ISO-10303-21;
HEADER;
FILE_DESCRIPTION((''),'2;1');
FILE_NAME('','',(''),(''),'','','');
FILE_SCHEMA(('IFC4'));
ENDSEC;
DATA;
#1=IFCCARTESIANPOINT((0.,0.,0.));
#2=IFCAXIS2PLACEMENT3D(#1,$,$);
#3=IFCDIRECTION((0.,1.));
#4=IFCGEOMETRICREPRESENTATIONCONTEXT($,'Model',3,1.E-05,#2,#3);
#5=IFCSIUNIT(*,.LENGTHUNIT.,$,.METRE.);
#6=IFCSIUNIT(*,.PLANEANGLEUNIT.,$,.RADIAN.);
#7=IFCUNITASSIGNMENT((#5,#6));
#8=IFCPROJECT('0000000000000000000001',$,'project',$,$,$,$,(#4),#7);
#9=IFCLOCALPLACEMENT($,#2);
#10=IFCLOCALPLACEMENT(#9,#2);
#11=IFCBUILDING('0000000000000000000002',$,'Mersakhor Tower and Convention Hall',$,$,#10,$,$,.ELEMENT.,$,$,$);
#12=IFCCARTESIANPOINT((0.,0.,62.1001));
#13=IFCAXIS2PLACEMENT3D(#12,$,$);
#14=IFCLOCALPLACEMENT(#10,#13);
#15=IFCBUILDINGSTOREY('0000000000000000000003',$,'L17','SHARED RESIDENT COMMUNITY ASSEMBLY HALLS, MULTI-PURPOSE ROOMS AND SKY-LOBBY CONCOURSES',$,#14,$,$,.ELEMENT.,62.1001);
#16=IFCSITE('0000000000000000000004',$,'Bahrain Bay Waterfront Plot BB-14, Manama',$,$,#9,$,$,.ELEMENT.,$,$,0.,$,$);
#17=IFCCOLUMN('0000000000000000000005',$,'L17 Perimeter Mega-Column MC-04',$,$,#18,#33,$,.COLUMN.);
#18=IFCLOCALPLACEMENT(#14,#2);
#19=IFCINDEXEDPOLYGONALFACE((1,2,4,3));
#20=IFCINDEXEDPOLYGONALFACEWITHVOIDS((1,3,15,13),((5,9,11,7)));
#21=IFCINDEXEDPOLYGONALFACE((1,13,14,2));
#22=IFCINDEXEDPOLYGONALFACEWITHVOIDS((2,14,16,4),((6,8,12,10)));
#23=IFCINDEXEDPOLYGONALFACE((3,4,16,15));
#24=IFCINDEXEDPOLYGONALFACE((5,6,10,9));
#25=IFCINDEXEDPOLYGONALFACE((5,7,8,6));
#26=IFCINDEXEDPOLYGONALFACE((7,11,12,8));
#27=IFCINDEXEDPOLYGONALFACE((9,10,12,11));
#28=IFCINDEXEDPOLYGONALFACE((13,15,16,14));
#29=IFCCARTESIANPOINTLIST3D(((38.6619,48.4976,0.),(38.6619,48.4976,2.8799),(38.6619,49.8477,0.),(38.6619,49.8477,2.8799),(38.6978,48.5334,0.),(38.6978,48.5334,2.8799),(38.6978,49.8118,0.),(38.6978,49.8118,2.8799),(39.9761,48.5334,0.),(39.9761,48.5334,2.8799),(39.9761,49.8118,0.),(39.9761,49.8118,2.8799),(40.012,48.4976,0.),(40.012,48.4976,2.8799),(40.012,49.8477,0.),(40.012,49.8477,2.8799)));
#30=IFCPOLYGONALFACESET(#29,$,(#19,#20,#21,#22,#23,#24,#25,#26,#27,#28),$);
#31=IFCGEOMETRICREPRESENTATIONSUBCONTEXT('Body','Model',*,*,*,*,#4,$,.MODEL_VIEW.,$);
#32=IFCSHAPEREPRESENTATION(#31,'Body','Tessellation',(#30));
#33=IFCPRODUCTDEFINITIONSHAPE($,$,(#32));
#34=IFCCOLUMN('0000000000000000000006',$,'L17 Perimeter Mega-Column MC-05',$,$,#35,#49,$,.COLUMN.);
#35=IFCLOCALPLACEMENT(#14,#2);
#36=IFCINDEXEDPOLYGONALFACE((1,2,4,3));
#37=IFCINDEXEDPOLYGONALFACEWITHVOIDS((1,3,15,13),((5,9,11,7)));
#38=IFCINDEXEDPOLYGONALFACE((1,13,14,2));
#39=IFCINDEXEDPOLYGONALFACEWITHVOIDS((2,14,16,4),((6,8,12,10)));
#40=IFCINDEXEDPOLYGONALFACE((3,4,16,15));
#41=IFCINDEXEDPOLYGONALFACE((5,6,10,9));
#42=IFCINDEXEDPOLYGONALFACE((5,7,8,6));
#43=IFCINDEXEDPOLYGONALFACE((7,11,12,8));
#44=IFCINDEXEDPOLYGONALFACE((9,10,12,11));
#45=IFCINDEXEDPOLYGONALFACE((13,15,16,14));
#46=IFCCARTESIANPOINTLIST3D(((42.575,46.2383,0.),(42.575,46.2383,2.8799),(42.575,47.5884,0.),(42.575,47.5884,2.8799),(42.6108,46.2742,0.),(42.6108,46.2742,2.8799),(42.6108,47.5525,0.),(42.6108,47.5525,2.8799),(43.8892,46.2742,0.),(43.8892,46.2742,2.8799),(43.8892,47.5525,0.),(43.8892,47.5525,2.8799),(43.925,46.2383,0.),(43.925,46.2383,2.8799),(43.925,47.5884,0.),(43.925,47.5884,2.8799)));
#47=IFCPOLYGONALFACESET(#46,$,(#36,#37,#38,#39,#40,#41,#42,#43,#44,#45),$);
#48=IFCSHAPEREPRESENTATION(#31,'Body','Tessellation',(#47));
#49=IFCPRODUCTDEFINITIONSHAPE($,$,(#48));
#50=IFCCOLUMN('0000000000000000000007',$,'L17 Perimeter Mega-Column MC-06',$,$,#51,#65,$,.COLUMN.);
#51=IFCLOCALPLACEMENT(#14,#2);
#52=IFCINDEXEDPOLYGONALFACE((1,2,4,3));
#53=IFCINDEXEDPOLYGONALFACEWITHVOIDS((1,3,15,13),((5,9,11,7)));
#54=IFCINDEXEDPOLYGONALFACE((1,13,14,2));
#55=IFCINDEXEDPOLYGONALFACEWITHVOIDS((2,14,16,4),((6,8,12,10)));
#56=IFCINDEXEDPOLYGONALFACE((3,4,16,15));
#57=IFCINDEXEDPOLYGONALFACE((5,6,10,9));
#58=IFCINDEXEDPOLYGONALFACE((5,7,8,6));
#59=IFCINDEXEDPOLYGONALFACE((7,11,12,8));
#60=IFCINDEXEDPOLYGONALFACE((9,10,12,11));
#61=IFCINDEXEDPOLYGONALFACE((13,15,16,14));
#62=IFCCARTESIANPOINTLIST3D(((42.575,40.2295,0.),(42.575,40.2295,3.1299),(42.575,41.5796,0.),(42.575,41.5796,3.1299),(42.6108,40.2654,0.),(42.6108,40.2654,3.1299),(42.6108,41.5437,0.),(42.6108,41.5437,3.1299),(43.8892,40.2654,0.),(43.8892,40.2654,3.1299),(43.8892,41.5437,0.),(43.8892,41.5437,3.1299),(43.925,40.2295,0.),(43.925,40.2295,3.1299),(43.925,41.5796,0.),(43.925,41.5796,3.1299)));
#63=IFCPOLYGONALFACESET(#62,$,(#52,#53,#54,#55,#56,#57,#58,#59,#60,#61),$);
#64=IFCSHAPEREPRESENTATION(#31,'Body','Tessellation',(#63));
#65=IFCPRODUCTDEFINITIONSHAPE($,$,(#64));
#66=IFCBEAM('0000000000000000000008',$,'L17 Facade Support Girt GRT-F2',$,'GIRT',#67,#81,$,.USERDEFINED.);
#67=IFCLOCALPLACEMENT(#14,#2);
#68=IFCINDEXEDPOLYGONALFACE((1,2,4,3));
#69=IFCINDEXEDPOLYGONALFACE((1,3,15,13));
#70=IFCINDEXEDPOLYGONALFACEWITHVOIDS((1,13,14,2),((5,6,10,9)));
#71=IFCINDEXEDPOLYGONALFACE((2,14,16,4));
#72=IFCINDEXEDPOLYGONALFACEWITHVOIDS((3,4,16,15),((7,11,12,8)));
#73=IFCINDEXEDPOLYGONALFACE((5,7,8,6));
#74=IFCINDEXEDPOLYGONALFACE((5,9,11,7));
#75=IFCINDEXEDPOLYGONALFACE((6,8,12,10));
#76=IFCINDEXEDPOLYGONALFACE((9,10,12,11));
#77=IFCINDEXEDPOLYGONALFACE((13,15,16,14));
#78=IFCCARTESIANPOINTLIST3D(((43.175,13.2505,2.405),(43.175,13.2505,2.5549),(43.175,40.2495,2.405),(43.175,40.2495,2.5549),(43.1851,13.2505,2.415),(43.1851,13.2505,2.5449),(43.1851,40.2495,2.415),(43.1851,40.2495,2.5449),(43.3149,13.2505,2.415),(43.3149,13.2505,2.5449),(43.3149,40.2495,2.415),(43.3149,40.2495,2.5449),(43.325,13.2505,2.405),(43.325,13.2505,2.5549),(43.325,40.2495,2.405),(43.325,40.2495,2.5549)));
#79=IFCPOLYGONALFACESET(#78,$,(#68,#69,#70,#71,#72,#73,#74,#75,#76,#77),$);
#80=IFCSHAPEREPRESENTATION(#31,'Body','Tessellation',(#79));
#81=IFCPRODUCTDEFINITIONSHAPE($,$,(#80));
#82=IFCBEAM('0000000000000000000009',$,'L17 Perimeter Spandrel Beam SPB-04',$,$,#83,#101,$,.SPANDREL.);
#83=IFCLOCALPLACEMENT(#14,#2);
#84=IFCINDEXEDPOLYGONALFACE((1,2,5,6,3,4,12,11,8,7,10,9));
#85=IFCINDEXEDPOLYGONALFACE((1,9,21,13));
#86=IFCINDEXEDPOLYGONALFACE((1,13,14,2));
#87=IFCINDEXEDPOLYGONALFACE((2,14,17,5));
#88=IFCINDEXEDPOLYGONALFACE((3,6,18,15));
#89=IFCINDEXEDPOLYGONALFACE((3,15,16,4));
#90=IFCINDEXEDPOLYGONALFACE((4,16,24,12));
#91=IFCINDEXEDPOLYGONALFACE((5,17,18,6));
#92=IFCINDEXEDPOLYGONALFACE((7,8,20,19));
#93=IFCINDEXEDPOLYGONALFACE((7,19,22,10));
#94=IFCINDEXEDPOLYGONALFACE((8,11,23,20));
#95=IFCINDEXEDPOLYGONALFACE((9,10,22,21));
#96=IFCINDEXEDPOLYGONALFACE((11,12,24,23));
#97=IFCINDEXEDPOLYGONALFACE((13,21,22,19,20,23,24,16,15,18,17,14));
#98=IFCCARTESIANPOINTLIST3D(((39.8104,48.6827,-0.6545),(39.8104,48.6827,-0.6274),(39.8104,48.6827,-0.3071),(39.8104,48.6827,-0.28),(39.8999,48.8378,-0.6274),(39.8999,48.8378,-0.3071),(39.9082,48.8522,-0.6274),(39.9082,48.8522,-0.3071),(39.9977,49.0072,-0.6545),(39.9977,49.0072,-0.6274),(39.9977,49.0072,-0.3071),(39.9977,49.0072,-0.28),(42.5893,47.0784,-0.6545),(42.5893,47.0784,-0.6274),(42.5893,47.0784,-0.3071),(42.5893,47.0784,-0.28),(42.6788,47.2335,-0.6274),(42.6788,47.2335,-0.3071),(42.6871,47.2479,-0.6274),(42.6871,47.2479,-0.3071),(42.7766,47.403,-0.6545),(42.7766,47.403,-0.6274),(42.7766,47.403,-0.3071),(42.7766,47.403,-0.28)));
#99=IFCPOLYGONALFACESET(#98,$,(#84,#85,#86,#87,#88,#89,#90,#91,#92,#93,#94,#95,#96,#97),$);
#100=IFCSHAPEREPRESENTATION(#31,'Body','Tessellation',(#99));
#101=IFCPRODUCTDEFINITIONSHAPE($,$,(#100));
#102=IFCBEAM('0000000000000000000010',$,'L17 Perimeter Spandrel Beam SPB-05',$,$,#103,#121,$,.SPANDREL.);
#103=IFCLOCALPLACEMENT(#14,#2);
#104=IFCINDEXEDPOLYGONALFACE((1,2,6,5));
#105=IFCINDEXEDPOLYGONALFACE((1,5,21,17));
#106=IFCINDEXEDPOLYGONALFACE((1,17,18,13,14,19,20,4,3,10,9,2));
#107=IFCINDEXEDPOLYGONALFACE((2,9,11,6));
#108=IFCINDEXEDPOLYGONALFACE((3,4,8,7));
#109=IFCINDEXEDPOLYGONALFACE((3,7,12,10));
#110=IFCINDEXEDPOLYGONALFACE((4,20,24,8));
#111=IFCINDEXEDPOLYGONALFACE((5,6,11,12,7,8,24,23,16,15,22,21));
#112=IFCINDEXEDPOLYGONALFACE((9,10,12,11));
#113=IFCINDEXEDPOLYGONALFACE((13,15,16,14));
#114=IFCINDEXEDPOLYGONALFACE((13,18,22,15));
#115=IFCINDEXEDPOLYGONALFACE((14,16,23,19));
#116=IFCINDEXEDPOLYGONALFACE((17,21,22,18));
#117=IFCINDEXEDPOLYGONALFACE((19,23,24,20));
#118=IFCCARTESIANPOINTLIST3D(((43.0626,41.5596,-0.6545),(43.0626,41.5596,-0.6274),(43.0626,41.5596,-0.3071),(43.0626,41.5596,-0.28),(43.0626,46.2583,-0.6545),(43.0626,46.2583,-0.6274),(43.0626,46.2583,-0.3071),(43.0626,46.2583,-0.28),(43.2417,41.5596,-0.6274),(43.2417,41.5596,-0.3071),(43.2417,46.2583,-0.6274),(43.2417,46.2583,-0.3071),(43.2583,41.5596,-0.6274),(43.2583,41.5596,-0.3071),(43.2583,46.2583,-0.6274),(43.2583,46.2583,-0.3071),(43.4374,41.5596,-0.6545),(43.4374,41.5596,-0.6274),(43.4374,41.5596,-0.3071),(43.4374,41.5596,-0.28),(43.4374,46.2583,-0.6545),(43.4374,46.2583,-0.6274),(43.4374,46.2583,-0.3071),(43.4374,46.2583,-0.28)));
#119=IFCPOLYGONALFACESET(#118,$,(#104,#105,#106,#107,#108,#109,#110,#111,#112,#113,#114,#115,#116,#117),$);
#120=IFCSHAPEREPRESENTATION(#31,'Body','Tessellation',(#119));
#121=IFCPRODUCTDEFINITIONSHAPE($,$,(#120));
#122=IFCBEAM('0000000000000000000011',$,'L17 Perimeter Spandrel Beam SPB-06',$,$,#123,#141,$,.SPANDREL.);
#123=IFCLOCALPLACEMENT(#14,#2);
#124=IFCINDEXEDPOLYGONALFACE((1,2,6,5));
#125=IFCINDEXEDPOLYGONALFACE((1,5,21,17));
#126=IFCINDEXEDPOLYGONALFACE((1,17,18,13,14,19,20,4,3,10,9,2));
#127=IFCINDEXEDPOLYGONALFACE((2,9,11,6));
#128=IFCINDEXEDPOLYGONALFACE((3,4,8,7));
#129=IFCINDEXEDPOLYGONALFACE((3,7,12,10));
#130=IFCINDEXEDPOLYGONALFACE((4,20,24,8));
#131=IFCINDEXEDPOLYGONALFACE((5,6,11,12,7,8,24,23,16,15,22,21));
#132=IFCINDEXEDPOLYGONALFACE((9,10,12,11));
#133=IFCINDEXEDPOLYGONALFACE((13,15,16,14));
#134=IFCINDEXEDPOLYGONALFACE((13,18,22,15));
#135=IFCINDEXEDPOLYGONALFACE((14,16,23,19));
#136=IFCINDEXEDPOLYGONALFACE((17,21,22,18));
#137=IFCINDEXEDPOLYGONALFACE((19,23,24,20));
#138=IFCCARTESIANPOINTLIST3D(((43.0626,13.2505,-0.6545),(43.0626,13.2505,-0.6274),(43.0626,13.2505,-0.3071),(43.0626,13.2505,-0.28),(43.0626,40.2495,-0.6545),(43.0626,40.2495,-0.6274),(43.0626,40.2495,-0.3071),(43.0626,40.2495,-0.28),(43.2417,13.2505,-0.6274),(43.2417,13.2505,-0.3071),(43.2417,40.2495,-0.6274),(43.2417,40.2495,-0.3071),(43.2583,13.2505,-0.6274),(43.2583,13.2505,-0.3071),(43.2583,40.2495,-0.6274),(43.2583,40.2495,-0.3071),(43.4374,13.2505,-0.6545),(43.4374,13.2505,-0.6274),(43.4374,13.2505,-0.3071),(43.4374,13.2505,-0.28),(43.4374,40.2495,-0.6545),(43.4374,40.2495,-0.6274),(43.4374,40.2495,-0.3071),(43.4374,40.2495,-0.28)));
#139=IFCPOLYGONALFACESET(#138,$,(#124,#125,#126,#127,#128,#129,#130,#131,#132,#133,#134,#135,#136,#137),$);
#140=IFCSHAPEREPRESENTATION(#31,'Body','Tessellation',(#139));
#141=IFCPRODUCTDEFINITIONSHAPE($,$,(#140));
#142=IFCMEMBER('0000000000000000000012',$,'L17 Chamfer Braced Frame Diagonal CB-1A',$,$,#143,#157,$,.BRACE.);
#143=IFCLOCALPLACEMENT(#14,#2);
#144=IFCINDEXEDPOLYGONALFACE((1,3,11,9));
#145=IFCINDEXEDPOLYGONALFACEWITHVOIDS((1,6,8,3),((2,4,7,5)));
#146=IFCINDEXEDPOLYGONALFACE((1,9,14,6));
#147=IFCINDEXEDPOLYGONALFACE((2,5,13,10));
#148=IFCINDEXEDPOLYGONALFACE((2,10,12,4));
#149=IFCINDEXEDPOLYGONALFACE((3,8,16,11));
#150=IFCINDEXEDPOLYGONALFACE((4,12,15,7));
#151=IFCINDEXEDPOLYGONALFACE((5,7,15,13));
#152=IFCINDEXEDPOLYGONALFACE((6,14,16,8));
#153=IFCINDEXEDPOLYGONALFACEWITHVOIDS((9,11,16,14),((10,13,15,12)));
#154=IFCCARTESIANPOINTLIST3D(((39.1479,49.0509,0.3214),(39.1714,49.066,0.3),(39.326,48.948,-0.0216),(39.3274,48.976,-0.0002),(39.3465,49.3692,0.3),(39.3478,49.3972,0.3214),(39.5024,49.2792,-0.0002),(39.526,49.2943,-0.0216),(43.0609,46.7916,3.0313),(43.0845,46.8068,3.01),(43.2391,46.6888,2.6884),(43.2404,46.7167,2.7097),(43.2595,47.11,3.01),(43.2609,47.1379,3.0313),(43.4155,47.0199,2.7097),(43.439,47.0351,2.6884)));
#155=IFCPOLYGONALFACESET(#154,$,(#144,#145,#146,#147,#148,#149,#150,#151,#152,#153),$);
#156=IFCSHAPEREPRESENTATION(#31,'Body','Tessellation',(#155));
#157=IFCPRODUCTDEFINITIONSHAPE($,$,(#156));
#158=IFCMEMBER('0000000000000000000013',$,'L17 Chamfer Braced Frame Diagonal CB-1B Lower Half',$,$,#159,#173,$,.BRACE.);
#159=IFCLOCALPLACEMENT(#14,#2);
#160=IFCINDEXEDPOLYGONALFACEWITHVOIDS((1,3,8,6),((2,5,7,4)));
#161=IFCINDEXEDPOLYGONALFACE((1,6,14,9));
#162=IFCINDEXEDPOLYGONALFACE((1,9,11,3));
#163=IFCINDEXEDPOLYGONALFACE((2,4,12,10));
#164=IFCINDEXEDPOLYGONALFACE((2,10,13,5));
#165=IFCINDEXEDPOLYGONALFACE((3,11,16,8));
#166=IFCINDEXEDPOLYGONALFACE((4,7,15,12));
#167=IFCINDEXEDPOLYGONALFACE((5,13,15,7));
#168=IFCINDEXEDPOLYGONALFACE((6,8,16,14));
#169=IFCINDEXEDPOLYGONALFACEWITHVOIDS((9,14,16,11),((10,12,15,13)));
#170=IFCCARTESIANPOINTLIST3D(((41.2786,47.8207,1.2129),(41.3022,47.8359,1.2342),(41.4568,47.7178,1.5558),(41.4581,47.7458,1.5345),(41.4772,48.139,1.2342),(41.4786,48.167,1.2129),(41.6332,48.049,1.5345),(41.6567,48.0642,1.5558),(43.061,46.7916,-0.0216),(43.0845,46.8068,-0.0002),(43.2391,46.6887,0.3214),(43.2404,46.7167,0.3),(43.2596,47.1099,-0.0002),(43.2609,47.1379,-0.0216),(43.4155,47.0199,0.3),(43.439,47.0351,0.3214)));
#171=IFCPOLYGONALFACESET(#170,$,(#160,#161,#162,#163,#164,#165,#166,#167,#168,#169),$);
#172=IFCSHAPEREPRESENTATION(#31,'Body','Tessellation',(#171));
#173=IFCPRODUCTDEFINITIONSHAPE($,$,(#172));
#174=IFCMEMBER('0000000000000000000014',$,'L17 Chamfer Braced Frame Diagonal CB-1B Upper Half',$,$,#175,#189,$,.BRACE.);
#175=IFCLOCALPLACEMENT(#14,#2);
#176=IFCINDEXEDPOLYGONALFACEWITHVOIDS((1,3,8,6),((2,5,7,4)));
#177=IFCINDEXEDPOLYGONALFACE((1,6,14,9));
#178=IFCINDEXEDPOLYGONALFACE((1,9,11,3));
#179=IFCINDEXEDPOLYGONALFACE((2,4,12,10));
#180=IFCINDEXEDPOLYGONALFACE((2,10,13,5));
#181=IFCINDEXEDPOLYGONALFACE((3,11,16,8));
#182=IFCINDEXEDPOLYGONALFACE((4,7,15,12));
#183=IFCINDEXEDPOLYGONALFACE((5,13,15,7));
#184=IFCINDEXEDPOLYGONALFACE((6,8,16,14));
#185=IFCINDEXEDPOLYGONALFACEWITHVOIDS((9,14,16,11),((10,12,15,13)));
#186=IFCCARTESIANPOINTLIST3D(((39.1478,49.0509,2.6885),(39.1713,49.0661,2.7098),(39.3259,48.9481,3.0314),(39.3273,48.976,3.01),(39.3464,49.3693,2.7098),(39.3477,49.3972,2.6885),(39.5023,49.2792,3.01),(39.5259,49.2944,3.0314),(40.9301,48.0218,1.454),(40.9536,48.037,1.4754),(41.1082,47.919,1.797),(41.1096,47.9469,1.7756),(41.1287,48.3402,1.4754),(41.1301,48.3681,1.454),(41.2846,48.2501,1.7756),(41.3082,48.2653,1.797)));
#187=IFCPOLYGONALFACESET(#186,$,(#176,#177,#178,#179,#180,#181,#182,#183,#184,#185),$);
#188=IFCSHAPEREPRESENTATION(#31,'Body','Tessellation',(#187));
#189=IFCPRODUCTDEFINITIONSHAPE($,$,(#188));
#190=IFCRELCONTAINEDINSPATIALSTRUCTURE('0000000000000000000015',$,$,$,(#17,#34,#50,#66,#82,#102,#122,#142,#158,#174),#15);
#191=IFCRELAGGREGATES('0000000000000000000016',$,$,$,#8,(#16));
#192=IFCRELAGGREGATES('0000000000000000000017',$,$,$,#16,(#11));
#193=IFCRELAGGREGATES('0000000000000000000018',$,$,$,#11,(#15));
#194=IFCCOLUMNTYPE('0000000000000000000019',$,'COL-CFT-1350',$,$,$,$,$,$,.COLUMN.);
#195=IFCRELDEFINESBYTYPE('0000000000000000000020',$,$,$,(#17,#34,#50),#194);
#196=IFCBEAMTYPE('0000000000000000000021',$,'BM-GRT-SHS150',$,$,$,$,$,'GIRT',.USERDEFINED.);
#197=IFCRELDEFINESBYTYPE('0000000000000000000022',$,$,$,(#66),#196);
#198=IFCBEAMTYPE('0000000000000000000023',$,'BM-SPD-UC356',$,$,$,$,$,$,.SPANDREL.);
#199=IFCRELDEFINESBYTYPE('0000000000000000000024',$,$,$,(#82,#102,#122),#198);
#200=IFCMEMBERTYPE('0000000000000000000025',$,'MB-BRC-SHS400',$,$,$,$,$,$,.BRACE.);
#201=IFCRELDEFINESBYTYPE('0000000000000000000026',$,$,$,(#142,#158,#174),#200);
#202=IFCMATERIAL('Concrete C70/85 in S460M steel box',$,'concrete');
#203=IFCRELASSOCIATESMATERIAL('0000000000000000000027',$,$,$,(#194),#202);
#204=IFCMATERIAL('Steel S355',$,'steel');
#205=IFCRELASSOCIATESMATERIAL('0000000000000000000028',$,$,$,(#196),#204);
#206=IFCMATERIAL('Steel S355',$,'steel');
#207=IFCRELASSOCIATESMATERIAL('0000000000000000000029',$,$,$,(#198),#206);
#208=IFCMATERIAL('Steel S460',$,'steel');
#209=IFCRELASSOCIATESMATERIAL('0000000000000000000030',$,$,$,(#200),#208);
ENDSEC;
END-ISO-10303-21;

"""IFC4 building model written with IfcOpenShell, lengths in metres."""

from ifc_helpers import new_model, si_unit, direction, frame, origin, origin_2d, place, context, subcontext, project, spatial, hollow_rectangle, i_section, extrude, material, material_profile, profile_set, type_object, element, save


model = new_model("IFC4")

# Units and contexts
model_context = context("Model", 3, precision=1e-05, world=origin(), true_north=direction((0.0, 1.0)))
body_context = subcontext(model_context, "Body", "Model", "MODEL_VIEW")
ifc_project = project(units=[si_unit("LENGTHUNIT", "METRE"), si_unit("PLANEANGLEUNIT", "RADIAN")], contexts=[model_context])

# Site, building, storey
site_placement = place(None, origin())
site = spatial("IfcSite", under=ifc_project, at=site_placement, Name="Bahrain Bay Waterfront Plot BB-14, Manama", CompositionType="ELEMENT", RefElevation=0.0)
building_placement = place(site_placement, origin())
building = spatial("IfcBuilding", under=site, at=building_placement, Name="Mersakhor Tower and Convention Hall", CompositionType="ELEMENT")
storey_placement = place(building_placement, frame((0.0, 0.0, 62.1001)))
storey = spatial("IfcBuildingStorey", under=building, at=storey_placement, Name="L17", Description="SHARED RESIDENT COMMUNITY ASSEMBLY HALLS, MULTI-PURPOSE ROOMS AND SKY-LOBBY CONCOURSES", CompositionType="ELEMENT", Elevation=62.1001)

# Columns
ifc_material_1 = material(Name="Concrete C70/85 in S460M steel box", Category="concrete")
ifc_material_profile_1 = material_profile(ifc_material_1, hollow_rectangle(XDim=1.3501, YDim=1.3501, WallThickness=0.0359, at=origin_2d()), Name="SHS 1350x1350x36")
ifc_profile_set_1 = profile_set([ifc_material_profile_1], Name="Concrete C70/85 in S460M steel box")
column_type = type_object("IfcColumnType", Name="COL-CFT-1350", PredefinedType="COLUMN", material=ifc_profile_set_1)
for number, where, z_axis, x_axis, name in (
    (1, (39.3369, 49.1726, 0.0), (0.0, 0.0, 1.0), (1.0, 0.0, 0.0), "L17 Perimeter Mega-Column MC-04"),
    (2, (43.25, 46.9133, 0.0), (0.0, 0.0, 1.0), (1.0, 0.0, 0.0), "L17 Perimeter Mega-Column MC-05"),
):
    element("IfcColumn", number, at=place(storey_placement, frame(where, z_axis=z_axis, x_axis=x_axis)), inside=storey, type_object=column_type, Name=name, PredefinedType="COLUMN", context=body_context, shape_type="SweptSolid", body=[
        extrude(hollow_rectangle(XDim=1.3501, YDim=1.3501, WallThickness=0.0359, at=origin_2d()), origin(), (0.0, 0.0, 1.0), 2.8799),
    ])
column_placement = place(storey_placement, frame((43.25, 40.9045, 0.0), z_axis=(0.0, 0.0, 1.0), x_axis=(1.0, 0.0, 0.0)))
element("IfcColumn", 3, at=column_placement, inside=storey, type_object=column_type, Name="L17 Perimeter Mega-Column MC-06", PredefinedType="COLUMN", context=body_context, shape_type="SweptSolid", body=[
    extrude(hollow_rectangle(XDim=1.3501, YDim=1.3501, WallThickness=0.0359, at=origin_2d()), origin(), (0.0, 0.0, 1.0), 3.1299),
])

# Beams
ifc_material_2 = material(Name="Steel S355", Category="steel")
ifc_material_profile_2 = material_profile(ifc_material_2, hollow_rectangle(XDim=0.1499, YDim=0.1499, WallThickness=0.01, at=origin_2d()), Name="SHS 150x150x10")
ifc_profile_set_2 = profile_set([ifc_material_profile_2], Name="Steel S355")
beam_type_1 = type_object("IfcBeamType", Name="BM-GRT-SHS150", ElementType="GIRT", PredefinedType="USERDEFINED", material=ifc_profile_set_2)
beam_1_placement = place(storey_placement, frame((43.25, 40.2495, 2.48), z_axis=(0.0, -1.0, 0.0), x_axis=(1.0, 0.0, 0.0)))
element("IfcBeam", 4, at=beam_1_placement, inside=storey, type_object=beam_type_1, Name="L17 Facade Support Girt GRT-F2", ObjectType="GIRT", PredefinedType="USERDEFINED", context=body_context, shape_type="SweptSolid", body=[
    extrude(hollow_rectangle(XDim=0.1499, YDim=0.1499, WallThickness=0.01, at=origin_2d()), origin(), (0.0, 0.0, 1.0), 26.999),
])
ifc_material_3 = material(Name="Steel S355", Category="steel")
ifc_material_profile_3 = material_profile(ifc_material_3, i_section(OverallWidth=0.3748, OverallDepth=0.3745, WebThickness=0.0166, FlangeThickness=0.0271, at=origin_2d()), Name="UC 356x368x202")
ifc_profile_set_3 = profile_set([ifc_material_profile_3], Name="Steel S355")
beam_type_2 = type_object("IfcBeamType", Name="BM-SPD-UC356", PredefinedType="SPANDREL", material=ifc_profile_set_3)
beam_2_placement = place(storey_placement, frame((39.9041, 48.845, -0.4673), z_axis=(0.866039, -0.499977, 0.0), x_axis=(0.499977, 0.866039, 0.0)))
element("IfcBeam", 5, at=beam_2_placement, inside=storey, type_object=beam_type_2, Name="L17 Perimeter Spandrel Beam SPB-04", PredefinedType="SPANDREL", context=body_context, shape_type="SweptSolid", body=[
    extrude(i_section(OverallWidth=0.3748, OverallDepth=0.3745, WebThickness=0.0166, FlangeThickness=0.0271, at=origin_2d()), origin(), (0.0, 0.0, 1.0), 3.2087),
])
beam_3_placement = place(storey_placement, frame((43.25, 46.2583, -0.4673), z_axis=(0.0, -1.0, 0.0), x_axis=(1.0, 0.0, 0.0)))
element("IfcBeam", 6, at=beam_3_placement, inside=storey, type_object=beam_type_2, Name="L17 Perimeter Spandrel Beam SPB-05", PredefinedType="SPANDREL", context=body_context, shape_type="SweptSolid", body=[
    extrude(i_section(OverallWidth=0.3748, OverallDepth=0.3745, WebThickness=0.0166, FlangeThickness=0.0271, at=origin_2d()), origin(), (0.0, 0.0, 1.0), 4.6987),
])
beam_4_placement = place(storey_placement, frame((43.25, 40.2495, -0.4673), z_axis=(0.0, -1.0, 0.0), x_axis=(1.0, 0.0, 0.0)))
element("IfcBeam", 7, at=beam_4_placement, inside=storey, type_object=beam_type_2, Name="L17 Perimeter Spandrel Beam SPB-06", PredefinedType="SPANDREL", context=body_context, shape_type="SweptSolid", body=[
    extrude(i_section(OverallWidth=0.3748, OverallDepth=0.3745, WebThickness=0.0166, FlangeThickness=0.0271, at=origin_2d()), origin(), (0.0, 0.0, 1.0), 26.999),
])

# Members
ifc_material_4 = material(Name="Steel S460", Category="steel")
ifc_material_profile_4 = material_profile(ifc_material_4, hollow_rectangle(XDim=0.3999, YDim=0.3999, WallThickness=0.0249, at=origin_2d()), Name="SHS 400x400x25")
ifc_profile_set_4 = profile_set([ifc_material_profile_4], Name="Steel S460")
member_type = type_object("IfcMemberType", Name="MB-BRC-SHS400", PredefinedType="BRACE", material=ifc_profile_set_4)
member_placement = place(storey_placement, frame((39.3369, 49.1726, 0.1499), z_axis=(0.742687, -0.428801, 0.514339), x_axis=(0.500009, 0.86602, 0.0)))
element("IfcMember", 8, at=member_placement, inside=storey, type_object=member_type, Name="L17 Chamfer Braced Frame Diagonal CB-1A", PredefinedType="BRACE", context=body_context, shape_type="SweptSolid", body=[
    extrude(hollow_rectangle(XDim=0.3999, YDim=0.3999, WallThickness=0.0249, at=origin_2d()), origin(), (0.0, 0.0, 1.0), 5.2688),
])
for number, where, z_axis, x_axis, name in (
    (9, (43.25, 46.9133, 0.1499), (-0.742661, 0.428811, 0.514369), (-0.500031, -0.866008, 0.0), "L17 Chamfer Braced Frame Diagonal CB-1B Lower Half"),
    (10, (41.1191, 48.1436, 1.6255), (-0.742661, 0.428811, 0.514369), (-0.500031, -0.866008, 0.0), "L17 Chamfer Braced Frame Diagonal CB-1B Upper Half"),
):
    element("IfcMember", number, at=place(storey_placement, frame(where, z_axis=z_axis, x_axis=x_axis)), inside=storey, type_object=member_type, Name=name, PredefinedType="BRACE", context=body_context, shape_type="SweptSolid", body=[
        extrude(hollow_rectangle(XDim=0.3999, YDim=0.3999, WallThickness=0.0249, at=origin_2d()), origin(), (0.0, 0.0, 1.0), 2.3999),
    ])

save(model, "model.ifc")
